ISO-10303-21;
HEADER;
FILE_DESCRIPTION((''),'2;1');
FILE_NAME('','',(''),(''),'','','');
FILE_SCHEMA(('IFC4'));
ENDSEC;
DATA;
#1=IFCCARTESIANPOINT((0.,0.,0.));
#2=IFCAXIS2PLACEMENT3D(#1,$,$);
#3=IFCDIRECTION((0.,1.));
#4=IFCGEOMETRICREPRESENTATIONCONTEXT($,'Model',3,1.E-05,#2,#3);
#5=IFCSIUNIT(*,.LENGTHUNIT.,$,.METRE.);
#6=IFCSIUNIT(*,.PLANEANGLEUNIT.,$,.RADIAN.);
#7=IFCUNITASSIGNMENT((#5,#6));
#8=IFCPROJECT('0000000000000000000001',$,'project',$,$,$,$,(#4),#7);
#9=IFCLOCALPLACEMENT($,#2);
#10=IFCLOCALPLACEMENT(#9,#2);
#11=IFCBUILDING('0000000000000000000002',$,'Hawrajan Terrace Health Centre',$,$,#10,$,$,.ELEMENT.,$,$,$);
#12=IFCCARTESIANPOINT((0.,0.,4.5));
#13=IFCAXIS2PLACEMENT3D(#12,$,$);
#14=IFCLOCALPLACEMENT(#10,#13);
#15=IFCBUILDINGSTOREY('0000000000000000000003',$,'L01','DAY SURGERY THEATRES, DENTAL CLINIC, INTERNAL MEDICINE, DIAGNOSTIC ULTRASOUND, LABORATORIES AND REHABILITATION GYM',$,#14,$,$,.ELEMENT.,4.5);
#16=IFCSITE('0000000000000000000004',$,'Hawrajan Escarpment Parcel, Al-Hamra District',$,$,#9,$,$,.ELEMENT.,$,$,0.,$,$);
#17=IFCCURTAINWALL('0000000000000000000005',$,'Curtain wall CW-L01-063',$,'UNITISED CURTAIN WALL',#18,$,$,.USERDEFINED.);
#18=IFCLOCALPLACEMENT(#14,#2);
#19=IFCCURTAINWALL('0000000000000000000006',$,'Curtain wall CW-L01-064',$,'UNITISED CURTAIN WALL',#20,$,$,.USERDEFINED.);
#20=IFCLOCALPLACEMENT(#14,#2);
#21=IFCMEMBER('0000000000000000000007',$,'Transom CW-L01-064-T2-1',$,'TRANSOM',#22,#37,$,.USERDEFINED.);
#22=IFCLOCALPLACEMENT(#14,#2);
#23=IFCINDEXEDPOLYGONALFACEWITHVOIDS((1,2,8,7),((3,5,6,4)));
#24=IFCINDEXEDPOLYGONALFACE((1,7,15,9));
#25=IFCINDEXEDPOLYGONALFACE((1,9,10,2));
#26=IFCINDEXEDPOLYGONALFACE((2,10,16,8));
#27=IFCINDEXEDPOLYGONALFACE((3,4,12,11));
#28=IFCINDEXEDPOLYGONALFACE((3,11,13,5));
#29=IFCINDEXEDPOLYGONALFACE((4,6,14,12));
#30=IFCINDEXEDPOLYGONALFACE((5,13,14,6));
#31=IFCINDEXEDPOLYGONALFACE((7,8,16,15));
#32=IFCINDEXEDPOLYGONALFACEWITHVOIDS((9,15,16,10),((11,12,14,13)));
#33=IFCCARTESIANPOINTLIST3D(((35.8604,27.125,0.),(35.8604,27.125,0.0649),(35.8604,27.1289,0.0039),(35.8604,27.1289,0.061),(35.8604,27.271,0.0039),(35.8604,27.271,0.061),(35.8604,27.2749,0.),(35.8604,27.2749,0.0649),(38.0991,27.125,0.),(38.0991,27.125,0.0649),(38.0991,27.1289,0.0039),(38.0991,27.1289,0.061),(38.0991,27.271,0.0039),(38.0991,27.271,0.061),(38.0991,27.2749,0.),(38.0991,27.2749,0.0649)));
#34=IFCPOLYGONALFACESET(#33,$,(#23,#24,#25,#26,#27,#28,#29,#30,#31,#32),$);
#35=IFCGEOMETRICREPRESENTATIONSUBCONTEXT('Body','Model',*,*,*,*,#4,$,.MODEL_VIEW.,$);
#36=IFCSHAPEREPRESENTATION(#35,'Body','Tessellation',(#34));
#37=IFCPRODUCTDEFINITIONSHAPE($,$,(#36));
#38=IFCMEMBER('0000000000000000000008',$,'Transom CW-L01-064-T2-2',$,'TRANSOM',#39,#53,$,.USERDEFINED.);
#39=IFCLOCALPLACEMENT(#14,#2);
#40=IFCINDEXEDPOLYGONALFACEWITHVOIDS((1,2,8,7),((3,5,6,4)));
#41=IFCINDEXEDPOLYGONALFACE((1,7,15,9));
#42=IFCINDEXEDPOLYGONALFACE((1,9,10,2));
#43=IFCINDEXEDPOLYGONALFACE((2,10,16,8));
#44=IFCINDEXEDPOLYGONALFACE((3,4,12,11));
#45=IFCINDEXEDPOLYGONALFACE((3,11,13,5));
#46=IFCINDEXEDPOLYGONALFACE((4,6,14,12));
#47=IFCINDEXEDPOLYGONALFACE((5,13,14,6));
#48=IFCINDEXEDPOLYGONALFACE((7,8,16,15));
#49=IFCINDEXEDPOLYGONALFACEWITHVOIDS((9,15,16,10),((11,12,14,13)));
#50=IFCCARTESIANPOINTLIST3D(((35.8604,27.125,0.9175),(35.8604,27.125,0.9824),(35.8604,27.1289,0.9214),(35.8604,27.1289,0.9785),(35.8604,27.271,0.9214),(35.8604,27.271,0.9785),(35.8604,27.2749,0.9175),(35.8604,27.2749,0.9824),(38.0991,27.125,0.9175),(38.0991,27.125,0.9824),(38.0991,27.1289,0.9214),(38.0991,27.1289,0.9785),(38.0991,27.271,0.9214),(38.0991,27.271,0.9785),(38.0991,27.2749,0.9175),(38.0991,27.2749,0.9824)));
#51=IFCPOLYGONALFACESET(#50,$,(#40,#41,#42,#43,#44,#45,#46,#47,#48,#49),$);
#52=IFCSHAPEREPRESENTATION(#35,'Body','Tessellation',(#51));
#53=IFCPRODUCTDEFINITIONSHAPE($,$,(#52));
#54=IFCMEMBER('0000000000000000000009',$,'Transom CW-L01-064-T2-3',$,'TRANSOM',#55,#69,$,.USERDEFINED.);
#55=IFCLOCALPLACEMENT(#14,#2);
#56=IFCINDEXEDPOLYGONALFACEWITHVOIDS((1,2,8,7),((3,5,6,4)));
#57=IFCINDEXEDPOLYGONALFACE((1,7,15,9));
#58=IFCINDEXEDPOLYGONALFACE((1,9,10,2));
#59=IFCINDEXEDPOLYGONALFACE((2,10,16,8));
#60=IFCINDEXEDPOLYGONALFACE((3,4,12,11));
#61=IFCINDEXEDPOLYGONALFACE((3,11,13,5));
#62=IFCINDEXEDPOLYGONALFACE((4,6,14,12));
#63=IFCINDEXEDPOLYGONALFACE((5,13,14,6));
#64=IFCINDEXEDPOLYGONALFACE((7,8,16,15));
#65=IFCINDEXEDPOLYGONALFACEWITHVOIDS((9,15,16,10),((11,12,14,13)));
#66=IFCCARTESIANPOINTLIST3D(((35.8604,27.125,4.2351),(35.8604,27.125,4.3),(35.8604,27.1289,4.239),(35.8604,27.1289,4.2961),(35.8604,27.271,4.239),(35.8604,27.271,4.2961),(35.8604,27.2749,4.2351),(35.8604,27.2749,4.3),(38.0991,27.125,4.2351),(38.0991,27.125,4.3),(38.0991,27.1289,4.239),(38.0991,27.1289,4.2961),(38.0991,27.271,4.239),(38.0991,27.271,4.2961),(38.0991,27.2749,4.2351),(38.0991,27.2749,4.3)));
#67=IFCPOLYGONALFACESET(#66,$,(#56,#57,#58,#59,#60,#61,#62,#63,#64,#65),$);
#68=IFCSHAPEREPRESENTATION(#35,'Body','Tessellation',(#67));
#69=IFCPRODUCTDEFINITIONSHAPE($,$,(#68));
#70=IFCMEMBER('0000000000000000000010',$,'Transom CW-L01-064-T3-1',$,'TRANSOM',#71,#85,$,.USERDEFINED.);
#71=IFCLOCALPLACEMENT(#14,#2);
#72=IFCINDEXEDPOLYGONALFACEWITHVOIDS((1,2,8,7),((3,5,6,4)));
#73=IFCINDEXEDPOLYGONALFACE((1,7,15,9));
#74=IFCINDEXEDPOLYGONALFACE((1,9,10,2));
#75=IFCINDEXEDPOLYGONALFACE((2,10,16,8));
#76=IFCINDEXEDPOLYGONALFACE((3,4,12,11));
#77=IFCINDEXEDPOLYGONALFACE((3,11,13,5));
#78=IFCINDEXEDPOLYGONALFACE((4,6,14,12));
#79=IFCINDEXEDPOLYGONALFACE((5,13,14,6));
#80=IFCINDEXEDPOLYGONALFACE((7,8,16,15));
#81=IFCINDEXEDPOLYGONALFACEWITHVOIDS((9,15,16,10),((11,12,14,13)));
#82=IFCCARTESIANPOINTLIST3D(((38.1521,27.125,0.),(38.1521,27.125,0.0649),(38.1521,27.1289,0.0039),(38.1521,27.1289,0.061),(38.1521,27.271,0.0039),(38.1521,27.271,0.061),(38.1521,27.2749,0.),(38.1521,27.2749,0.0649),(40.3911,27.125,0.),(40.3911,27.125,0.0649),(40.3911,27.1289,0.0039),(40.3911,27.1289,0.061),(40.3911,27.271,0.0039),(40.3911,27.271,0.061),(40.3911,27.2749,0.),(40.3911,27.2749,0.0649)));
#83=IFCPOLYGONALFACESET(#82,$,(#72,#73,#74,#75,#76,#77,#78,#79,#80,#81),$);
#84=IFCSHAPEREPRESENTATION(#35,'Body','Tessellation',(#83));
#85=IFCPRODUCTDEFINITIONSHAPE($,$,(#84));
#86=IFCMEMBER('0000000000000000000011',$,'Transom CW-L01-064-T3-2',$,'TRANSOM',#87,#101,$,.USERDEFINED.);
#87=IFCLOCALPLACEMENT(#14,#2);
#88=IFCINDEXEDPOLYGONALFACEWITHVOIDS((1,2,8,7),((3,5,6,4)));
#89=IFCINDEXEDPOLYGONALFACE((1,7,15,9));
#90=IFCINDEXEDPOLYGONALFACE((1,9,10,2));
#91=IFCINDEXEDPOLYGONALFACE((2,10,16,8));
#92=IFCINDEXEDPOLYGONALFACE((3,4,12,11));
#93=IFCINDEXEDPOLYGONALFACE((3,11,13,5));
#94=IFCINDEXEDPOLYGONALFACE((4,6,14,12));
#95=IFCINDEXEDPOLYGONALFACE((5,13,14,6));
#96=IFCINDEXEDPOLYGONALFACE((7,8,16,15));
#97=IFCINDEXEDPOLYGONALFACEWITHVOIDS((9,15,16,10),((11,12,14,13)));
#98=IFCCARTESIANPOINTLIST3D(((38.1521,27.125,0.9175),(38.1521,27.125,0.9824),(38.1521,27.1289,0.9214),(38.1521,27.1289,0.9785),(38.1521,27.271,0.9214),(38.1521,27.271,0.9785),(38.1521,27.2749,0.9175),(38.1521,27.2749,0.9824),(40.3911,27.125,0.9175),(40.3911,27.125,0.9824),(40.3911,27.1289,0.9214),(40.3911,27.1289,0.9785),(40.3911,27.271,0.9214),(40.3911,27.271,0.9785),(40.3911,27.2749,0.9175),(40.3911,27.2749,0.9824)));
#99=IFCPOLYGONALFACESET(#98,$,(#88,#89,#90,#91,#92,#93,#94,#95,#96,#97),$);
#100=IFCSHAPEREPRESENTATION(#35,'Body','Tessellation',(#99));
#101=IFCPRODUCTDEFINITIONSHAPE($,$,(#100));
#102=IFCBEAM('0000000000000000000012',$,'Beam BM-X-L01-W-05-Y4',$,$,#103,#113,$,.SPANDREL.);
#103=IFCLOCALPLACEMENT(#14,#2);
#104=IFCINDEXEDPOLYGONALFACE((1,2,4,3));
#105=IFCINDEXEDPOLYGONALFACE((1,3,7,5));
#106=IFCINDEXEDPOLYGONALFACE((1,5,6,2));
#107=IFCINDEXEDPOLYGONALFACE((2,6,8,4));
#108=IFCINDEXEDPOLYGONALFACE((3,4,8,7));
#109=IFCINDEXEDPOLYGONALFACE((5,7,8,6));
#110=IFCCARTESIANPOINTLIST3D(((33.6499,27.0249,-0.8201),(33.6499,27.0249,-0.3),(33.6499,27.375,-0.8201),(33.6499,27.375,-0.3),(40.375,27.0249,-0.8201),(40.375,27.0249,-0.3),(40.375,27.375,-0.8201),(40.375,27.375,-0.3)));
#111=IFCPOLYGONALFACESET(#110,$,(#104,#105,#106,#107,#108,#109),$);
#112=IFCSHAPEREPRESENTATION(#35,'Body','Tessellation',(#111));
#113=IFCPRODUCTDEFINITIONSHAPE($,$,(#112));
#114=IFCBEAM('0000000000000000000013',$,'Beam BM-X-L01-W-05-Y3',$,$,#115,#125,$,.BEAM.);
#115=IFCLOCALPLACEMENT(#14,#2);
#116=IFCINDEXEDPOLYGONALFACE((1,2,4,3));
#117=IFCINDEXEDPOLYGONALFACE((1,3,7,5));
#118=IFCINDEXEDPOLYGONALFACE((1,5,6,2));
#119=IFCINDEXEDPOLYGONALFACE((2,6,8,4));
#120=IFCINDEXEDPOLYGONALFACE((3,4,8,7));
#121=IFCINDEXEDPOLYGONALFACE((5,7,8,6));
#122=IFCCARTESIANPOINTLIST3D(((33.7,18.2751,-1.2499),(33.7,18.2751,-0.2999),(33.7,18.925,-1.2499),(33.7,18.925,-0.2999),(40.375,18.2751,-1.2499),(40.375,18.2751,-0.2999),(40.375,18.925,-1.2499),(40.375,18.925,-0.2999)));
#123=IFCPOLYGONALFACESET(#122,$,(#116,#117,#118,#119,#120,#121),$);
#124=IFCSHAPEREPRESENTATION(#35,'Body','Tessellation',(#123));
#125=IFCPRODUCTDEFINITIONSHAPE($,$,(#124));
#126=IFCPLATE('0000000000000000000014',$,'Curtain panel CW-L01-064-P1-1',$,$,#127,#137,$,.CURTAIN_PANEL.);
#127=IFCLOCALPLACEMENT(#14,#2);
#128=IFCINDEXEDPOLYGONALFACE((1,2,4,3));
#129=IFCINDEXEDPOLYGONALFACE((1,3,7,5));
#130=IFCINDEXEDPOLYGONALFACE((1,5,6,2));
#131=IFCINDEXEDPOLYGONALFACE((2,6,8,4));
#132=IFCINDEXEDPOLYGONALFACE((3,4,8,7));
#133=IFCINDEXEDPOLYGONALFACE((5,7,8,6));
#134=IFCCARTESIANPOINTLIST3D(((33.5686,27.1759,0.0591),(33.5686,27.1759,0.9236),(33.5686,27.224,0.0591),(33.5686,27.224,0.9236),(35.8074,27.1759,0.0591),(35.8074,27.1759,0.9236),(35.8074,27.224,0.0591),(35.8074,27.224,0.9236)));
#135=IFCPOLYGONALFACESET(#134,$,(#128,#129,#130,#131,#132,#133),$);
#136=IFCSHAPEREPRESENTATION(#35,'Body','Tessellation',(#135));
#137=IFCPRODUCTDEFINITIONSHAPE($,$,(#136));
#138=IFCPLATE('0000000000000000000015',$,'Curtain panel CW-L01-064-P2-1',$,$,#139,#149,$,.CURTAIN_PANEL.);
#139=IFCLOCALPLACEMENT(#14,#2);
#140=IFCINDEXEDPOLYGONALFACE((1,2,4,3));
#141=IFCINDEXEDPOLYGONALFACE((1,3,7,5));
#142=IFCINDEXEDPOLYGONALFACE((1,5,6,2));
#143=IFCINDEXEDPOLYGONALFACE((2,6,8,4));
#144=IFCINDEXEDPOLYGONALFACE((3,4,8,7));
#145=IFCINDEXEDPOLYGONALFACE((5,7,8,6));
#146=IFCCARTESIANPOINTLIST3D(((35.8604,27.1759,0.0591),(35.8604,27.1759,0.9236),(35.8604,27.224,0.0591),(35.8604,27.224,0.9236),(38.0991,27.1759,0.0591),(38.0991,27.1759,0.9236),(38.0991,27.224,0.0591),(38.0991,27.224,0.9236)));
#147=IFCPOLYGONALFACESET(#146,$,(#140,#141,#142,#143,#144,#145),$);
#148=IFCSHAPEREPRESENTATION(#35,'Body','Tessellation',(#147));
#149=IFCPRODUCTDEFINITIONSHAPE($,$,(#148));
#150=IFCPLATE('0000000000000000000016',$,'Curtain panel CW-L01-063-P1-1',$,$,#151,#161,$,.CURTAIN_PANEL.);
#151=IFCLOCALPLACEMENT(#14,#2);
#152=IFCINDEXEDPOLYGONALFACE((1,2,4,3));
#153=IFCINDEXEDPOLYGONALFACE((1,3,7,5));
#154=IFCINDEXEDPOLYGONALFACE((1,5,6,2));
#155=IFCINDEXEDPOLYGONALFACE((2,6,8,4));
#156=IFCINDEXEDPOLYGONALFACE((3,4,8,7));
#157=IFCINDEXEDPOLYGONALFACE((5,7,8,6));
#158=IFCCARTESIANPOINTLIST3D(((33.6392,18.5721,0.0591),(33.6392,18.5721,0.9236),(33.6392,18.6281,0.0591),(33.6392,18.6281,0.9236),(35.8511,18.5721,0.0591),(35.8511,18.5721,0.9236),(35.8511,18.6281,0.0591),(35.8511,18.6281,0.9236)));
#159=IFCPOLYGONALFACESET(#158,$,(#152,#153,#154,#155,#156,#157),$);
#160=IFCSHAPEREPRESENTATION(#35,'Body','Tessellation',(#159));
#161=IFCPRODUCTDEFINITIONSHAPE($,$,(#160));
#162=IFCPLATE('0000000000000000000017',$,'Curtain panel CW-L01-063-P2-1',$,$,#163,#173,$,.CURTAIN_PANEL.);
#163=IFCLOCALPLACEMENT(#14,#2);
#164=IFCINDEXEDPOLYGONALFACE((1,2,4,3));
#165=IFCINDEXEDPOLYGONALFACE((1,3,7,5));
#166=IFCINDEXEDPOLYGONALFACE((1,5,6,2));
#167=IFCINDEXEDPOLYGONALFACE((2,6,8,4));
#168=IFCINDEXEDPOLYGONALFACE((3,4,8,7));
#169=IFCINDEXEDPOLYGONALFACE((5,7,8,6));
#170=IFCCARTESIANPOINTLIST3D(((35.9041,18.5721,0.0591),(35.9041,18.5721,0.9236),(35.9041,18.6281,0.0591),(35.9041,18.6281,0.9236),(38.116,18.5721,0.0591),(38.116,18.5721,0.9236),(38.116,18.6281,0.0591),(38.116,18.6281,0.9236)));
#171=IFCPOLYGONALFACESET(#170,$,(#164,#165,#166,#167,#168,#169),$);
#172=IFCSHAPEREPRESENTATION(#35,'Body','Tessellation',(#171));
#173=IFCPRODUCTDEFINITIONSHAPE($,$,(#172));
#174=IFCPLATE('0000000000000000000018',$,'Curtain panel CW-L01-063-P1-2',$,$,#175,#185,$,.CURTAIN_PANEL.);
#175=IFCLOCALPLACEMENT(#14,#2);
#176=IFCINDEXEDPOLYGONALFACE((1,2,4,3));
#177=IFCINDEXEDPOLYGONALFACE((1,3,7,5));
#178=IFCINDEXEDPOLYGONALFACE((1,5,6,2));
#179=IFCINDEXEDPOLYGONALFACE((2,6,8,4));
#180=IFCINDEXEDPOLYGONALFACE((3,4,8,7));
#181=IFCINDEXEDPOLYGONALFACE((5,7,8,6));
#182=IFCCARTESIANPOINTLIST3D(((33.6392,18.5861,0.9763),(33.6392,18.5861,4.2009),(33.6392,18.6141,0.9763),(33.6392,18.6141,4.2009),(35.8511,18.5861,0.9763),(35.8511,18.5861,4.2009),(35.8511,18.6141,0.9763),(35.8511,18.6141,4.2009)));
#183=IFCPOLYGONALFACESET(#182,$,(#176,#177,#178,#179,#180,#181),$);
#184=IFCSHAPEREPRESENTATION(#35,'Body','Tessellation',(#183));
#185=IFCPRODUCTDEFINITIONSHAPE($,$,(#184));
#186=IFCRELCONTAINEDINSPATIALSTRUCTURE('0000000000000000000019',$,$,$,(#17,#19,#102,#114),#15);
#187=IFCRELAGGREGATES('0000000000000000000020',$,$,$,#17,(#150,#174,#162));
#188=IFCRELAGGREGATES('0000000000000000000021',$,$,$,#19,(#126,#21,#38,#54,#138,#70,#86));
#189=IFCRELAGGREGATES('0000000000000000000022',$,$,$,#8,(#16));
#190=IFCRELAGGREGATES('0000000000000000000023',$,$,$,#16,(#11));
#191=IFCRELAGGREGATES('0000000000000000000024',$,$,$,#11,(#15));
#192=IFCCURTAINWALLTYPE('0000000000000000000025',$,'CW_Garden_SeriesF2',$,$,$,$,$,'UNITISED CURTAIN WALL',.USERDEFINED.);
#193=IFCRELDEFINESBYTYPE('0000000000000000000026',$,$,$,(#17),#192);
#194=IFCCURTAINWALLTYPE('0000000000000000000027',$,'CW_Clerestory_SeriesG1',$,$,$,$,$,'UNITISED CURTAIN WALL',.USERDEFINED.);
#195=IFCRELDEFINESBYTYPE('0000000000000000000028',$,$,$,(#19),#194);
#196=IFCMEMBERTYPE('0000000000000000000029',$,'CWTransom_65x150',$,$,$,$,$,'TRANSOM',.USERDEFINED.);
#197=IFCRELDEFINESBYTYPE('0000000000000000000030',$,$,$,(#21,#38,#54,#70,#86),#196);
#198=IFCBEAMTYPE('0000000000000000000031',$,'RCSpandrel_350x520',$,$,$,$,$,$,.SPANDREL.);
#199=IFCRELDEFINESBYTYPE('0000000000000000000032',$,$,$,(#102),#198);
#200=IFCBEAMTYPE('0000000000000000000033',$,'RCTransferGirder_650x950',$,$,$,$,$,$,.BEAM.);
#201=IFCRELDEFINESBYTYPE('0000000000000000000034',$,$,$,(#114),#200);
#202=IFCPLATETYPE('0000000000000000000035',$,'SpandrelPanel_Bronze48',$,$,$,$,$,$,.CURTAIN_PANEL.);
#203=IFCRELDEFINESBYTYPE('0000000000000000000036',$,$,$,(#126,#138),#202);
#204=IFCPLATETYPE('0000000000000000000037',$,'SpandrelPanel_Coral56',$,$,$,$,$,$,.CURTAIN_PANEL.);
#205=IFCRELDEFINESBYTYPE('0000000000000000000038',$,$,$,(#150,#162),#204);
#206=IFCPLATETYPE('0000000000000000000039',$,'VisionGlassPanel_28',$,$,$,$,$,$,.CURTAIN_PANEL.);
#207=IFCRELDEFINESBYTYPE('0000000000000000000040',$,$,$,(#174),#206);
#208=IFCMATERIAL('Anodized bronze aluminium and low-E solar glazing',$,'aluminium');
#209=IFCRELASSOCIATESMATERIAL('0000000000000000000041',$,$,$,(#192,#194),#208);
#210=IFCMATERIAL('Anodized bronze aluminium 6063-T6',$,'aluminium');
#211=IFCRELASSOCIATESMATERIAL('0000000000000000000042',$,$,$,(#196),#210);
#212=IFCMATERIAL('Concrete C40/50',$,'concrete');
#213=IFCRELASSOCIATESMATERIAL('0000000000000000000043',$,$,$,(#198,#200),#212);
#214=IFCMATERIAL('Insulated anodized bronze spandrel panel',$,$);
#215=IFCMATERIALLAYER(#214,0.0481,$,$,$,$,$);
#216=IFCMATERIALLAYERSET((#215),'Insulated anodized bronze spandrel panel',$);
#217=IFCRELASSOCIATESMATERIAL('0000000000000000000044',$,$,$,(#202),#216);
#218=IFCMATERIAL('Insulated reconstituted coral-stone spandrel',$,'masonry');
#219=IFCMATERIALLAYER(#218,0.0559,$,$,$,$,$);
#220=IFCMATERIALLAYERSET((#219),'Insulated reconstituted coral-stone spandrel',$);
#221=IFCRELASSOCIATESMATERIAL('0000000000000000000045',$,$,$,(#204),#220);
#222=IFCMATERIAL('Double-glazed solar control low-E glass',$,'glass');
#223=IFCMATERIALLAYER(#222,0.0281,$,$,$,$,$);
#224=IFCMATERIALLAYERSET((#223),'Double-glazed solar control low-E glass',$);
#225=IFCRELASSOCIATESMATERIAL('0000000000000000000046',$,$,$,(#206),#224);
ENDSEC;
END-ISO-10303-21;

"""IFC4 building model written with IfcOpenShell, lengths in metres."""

from ifc_helpers import new_model, si_unit, direction, frame, origin, origin_2d, place, context, subcontext, project, spatial, rectangle, hollow_rectangle, extrude, material, layer, layer_set, material_profile, profile_set, type_object, element, aggregate, save


model = new_model("IFC4")

# Units and contexts
model_context = context("Model", 3, precision=1e-05, world=origin(), true_north=direction((0.0, 1.0)))
body_context = subcontext(model_context, "Body", "Model", "MODEL_VIEW")
ifc_project = project(units=[si_unit("LENGTHUNIT", "METRE"), si_unit("PLANEANGLEUNIT", "RADIAN")], contexts=[model_context])

# Site, building, storey
site_placement = place(None, origin())
site = spatial("IfcSite", under=ifc_project, at=site_placement, Name="Hawrajan Escarpment Parcel, Al-Hamra District", CompositionType="ELEMENT", RefElevation=0.0)
building_placement = place(site_placement, origin())
building = spatial("IfcBuilding", under=site, at=building_placement, Name="Hawrajan Terrace Health Centre", CompositionType="ELEMENT")
storey_placement = place(building_placement, frame((0.0, 0.0, 4.5)))
storey = spatial("IfcBuildingStorey", under=building, at=storey_placement, Name="L01", Description="DAY SURGERY THEATRES, DENTAL CLINIC, INTERNAL MEDICINE, DIAGNOSTIC ULTRASOUND, LABORATORIES AND REHABILITATION GYM", CompositionType="ELEMENT", Elevation=4.5)

# Curtain walls
ifc_material_1 = material(Name="Anodized bronze aluminium and low-E solar glazing", Category="aluminium")
curtain_wall_type_1 = type_object("IfcCurtainWallType", Name="CW_Garden_SeriesF2", ElementType="UNITISED CURTAIN WALL", PredefinedType="USERDEFINED", material=ifc_material_1)
curtain_wall_1_placement = place(storey_placement, origin())
curtain_wall_1 = element("IfcCurtainWall", 1, at=curtain_wall_1_placement, inside=storey, type_object=curtain_wall_type_1, Name="Curtain wall CW-L01-063", ObjectType="UNITISED CURTAIN WALL", PredefinedType="USERDEFINED")
ifc_material_2 = material(Name="Anodized bronze aluminium 6063-T6", Category="aluminium")
curtain_wall_type_2 = type_object("IfcCurtainWallType", Name="CW_Clerestory_SeriesG1", ElementType="UNITISED CURTAIN WALL", PredefinedType="USERDEFINED", material=ifc_material_1)
curtain_wall_2_placement = place(storey_placement, origin())
curtain_wall_2 = element("IfcCurtainWall", 2, at=curtain_wall_2_placement, inside=storey, type_object=curtain_wall_type_2, Name="Curtain wall CW-L01-064", ObjectType="UNITISED CURTAIN WALL", PredefinedType="USERDEFINED")

# Members
ifc_material_profile_1 = material_profile(ifc_material_2, hollow_rectangle(XDim=0.0649, YDim=0.1499, WallThickness=0.0039, at=origin_2d()), Name="CW TRN 65x150")
ifc_profile_set_1 = profile_set([ifc_material_profile_1], Name="Anodized bronze aluminium 6063-T6")
member_type_1 = type_object("IfcMemberType", Name="CWTransom_65x150", ElementType="TRANSOM", PredefinedType="USERDEFINED", material=ifc_profile_set_1)
member_1_placement = place(storey_placement, frame((35.8604, 27.2, 0.0325), z_axis=(1.0, 0.0, 0.0), x_axis=(0.0, 0.0, 1.0)))
member_1 = element("IfcMember", 3, at=member_1_placement, type_object=member_type_1, Name="Transom CW-L01-064-T2-1", ObjectType="TRANSOM", PredefinedType="USERDEFINED", context=body_context, shape_type="SweptSolid", body=[
    extrude(hollow_rectangle(XDim=0.0649, YDim=0.1499, WallThickness=0.0039, at=origin_2d()), origin(), (0.0, 0.0, 1.0), 2.2388),
])
member_2_placement = place(storey_placement, frame((35.8604, 27.2, 0.95), z_axis=(1.0, 0.0, 0.0), x_axis=(0.0, 0.0, 1.0)))
member_2 = element("IfcMember", 4, at=member_2_placement, type_object=member_type_1, Name="Transom CW-L01-064-T2-2", ObjectType="TRANSOM", PredefinedType="USERDEFINED", context=body_context, shape_type="SweptSolid", body=[
    extrude(hollow_rectangle(XDim=0.0649, YDim=0.1499, WallThickness=0.0039, at=origin_2d()), origin(), (0.0, 0.0, 1.0), 2.2388),
])
member_3_placement = place(storey_placement, frame((35.8604, 27.2, 4.2676), z_axis=(1.0, 0.0, 0.0), x_axis=(0.0, 0.0, 1.0)))
member_3 = element("IfcMember", 5, at=member_3_placement, type_object=member_type_1, Name="Transom CW-L01-064-T2-3", ObjectType="TRANSOM", PredefinedType="USERDEFINED", context=body_context, shape_type="SweptSolid", body=[
    extrude(hollow_rectangle(XDim=0.0649, YDim=0.1499, WallThickness=0.0039, at=origin_2d()), origin(), (0.0, 0.0, 1.0), 2.2388),
])
member_4_placement = place(storey_placement, frame((38.1521, 27.2, 0.0325), z_axis=(1.0, 0.0, 0.0), x_axis=(0.0, 0.0, 1.0)))
member_4 = element("IfcMember", 6, at=member_4_placement, type_object=member_type_1, Name="Transom CW-L01-064-T3-1", ObjectType="TRANSOM", PredefinedType="USERDEFINED", context=body_context, shape_type="SweptSolid", body=[
    extrude(hollow_rectangle(XDim=0.0649, YDim=0.1499, WallThickness=0.0039, at=origin_2d()), origin(), (0.0, 0.0, 1.0), 2.239),
])
member_5_placement = place(storey_placement, frame((38.1521, 27.2, 0.95), z_axis=(1.0, 0.0, 0.0), x_axis=(0.0, 0.0, 1.0)))
member_5 = element("IfcMember", 7, at=member_5_placement, type_object=member_type_1, Name="Transom CW-L01-064-T3-2", ObjectType="TRANSOM", PredefinedType="USERDEFINED", context=body_context, shape_type="SweptSolid", body=[
    extrude(hollow_rectangle(XDim=0.0649, YDim=0.1499, WallThickness=0.0039, at=origin_2d()), origin(), (0.0, 0.0, 1.0), 2.239),
])

# Beams
ifc_material_3 = material(Name="Concrete C40/50", Category="concrete")
ifc_material_profile_2 = material_profile(ifc_material_3, rectangle(XDim=0.3501, YDim=0.52, at=origin_2d()), Name="RC SP 350x520")
ifc_profile_set_2 = profile_set([ifc_material_profile_2], Name="Concrete C40/50")
beam_type_1 = type_object("IfcBeamType", Name="RCSpandrel_350x520", PredefinedType="SPANDREL", material=ifc_profile_set_2)
beam_1_placement = place(storey_placement, frame((33.6499, 27.2, -0.5601), z_axis=(1.0, 0.0, 0.0), x_axis=(0.0, 1.0, 0.0)))
element("IfcBeam", 8, at=beam_1_placement, inside=storey, type_object=beam_type_1, Name="Beam BM-X-L01-W-05-Y4", PredefinedType="SPANDREL", context=body_context, shape_type="SweptSolid", body=[
    extrude(rectangle(XDim=0.3501, YDim=0.52, at=origin_2d()), origin(), (0.0, 0.0, 1.0), 6.7251),
])
ifc_material_profile_3 = material_profile(ifc_material_3, rectangle(XDim=0.6499, YDim=0.95, at=origin_2d()), Name="RC TG 650x950")
ifc_profile_set_3 = profile_set([ifc_material_profile_3], Name="Concrete C40/50")
beam_type_2 = type_object("IfcBeamType", Name="RCTransferGirder_650x950", PredefinedType="BEAM", material=ifc_profile_set_3)
beam_2_placement = place(storey_placement, frame((33.7, 18.6001, -0.7749), z_axis=(1.0, 0.0, 0.0), x_axis=(0.0, 1.0, 0.0)))
element("IfcBeam", 9, at=beam_2_placement, inside=storey, type_object=beam_type_2, Name="Beam BM-X-L01-W-05-Y3", PredefinedType="BEAM", context=body_context, shape_type="SweptSolid", body=[
    extrude(rectangle(XDim=0.6499, YDim=0.95, at=origin_2d()), origin(), (0.0, 0.0, 1.0), 6.675),
])

# Plates
ifc_material_4 = material(Name="Insulated anodized bronze spandrel panel")
ifc_layer_1 = layer(ifc_material_4, 0.0481)
ifc_layer_set_1 = layer_set([ifc_layer_1], Name="Insulated anodized bronze spandrel panel")
plate_type_1 = type_object("IfcPlateType", Name="SpandrelPanel_Bronze48", PredefinedType="CURTAIN_PANEL", material=ifc_layer_set_1)
plate_1_placement = place(storey_placement, frame((34.688, 27.2, 0.0591), z_axis=(0.0, 0.0, 1.0), x_axis=(1.0, 0.0, 0.0)))
plate_1 = element("IfcPlate", 10, at=plate_1_placement, type_object=plate_type_1, Name="Curtain panel CW-L01-064-P1-1", PredefinedType="CURTAIN_PANEL", context=body_context, shape_type="SweptSolid", body=[
    extrude(rectangle(XDim=2.2388, YDim=0.0481, at=origin_2d()), origin(), (0.0, 0.0, 1.0), 0.8645),
])
plate_2_placement = place(storey_placement, frame((36.9797, 27.2, 0.0591), z_axis=(0.0, 0.0, 1.0), x_axis=(1.0, 0.0, 0.0)))
plate_2 = element("IfcPlate", 11, at=plate_2_placement, type_object=plate_type_1, Name="Curtain panel CW-L01-064-P2-1", PredefinedType="CURTAIN_PANEL", context=body_context, shape_type="SweptSolid", body=[
    extrude(rectangle(XDim=2.2388, YDim=0.0481, at=origin_2d()), origin(), (0.0, 0.0, 1.0), 0.8645),
])
ifc_material_5 = material(Name="Insulated reconstituted coral-stone spandrel", Category="masonry")
ifc_layer_2 = layer(ifc_material_5, 0.0559)
ifc_layer_set_2 = layer_set([ifc_layer_2], Name="Insulated reconstituted coral-stone spandrel")
plate_type_2 = type_object("IfcPlateType", Name="SpandrelPanel_Coral56", PredefinedType="CURTAIN_PANEL", material=ifc_layer_set_2)
plate_3_placement = place(storey_placement, frame((34.7451, 18.6001, 0.0591), z_axis=(0.0, 0.0, 1.0), x_axis=(1.0, 0.0, 0.0)))
plate_3 = element("IfcPlate", 12, at=plate_3_placement, type_object=plate_type_2, Name="Curtain panel CW-L01-063-P1-1", PredefinedType="CURTAIN_PANEL", context=body_context, shape_type="SweptSolid", body=[
    extrude(rectangle(XDim=2.2119, YDim=0.0559, at=origin_2d()), origin(), (0.0, 0.0, 1.0), 0.8645),
])
plate_4_placement = place(storey_placement, frame((37.01, 18.6001, 0.0591), z_axis=(0.0, 0.0, 1.0), x_axis=(1.0, 0.0, 0.0)))
plate_4 = element("IfcPlate", 13, at=plate_4_placement, type_object=plate_type_2, Name="Curtain panel CW-L01-063-P2-1", PredefinedType="CURTAIN_PANEL", context=body_context, shape_type="SweptSolid", body=[
    extrude(rectangle(XDim=2.2119, YDim=0.0559, at=origin_2d()), origin(), (0.0, 0.0, 1.0), 0.8645),
])
ifc_material_6 = material(Name="Double-glazed solar control low-E glass", Category="glass")
ifc_layer_3 = layer(ifc_material_6, 0.0281)
ifc_layer_set_3 = layer_set([ifc_layer_3], Name="Double-glazed solar control low-E glass")
plate_type_3 = type_object("IfcPlateType", Name="VisionGlassPanel_28", PredefinedType="CURTAIN_PANEL", material=ifc_layer_set_3)
plate_5_placement = place(storey_placement, frame((34.7451, 18.6001, 0.9763), z_axis=(0.0, 0.0, 1.0), x_axis=(1.0, 0.0, 0.0)))
plate_5 = element("IfcPlate", 14, at=plate_5_placement, type_object=plate_type_3, Name="Curtain panel CW-L01-063-P1-2", PredefinedType="CURTAIN_PANEL", context=body_context, shape_type="SweptSolid", body=[
    extrude(rectangle(XDim=2.2119, YDim=0.0281, at=origin_2d()), origin(), (0.0, 0.0, 1.0), 3.2246),
])
aggregate(curtain_wall_1, [plate_3, plate_5, plate_4])
aggregate(curtain_wall_2, [plate_1, member_1, member_2, member_3, plate_2, member_4, member_5])

save(model, "model.ifc")
